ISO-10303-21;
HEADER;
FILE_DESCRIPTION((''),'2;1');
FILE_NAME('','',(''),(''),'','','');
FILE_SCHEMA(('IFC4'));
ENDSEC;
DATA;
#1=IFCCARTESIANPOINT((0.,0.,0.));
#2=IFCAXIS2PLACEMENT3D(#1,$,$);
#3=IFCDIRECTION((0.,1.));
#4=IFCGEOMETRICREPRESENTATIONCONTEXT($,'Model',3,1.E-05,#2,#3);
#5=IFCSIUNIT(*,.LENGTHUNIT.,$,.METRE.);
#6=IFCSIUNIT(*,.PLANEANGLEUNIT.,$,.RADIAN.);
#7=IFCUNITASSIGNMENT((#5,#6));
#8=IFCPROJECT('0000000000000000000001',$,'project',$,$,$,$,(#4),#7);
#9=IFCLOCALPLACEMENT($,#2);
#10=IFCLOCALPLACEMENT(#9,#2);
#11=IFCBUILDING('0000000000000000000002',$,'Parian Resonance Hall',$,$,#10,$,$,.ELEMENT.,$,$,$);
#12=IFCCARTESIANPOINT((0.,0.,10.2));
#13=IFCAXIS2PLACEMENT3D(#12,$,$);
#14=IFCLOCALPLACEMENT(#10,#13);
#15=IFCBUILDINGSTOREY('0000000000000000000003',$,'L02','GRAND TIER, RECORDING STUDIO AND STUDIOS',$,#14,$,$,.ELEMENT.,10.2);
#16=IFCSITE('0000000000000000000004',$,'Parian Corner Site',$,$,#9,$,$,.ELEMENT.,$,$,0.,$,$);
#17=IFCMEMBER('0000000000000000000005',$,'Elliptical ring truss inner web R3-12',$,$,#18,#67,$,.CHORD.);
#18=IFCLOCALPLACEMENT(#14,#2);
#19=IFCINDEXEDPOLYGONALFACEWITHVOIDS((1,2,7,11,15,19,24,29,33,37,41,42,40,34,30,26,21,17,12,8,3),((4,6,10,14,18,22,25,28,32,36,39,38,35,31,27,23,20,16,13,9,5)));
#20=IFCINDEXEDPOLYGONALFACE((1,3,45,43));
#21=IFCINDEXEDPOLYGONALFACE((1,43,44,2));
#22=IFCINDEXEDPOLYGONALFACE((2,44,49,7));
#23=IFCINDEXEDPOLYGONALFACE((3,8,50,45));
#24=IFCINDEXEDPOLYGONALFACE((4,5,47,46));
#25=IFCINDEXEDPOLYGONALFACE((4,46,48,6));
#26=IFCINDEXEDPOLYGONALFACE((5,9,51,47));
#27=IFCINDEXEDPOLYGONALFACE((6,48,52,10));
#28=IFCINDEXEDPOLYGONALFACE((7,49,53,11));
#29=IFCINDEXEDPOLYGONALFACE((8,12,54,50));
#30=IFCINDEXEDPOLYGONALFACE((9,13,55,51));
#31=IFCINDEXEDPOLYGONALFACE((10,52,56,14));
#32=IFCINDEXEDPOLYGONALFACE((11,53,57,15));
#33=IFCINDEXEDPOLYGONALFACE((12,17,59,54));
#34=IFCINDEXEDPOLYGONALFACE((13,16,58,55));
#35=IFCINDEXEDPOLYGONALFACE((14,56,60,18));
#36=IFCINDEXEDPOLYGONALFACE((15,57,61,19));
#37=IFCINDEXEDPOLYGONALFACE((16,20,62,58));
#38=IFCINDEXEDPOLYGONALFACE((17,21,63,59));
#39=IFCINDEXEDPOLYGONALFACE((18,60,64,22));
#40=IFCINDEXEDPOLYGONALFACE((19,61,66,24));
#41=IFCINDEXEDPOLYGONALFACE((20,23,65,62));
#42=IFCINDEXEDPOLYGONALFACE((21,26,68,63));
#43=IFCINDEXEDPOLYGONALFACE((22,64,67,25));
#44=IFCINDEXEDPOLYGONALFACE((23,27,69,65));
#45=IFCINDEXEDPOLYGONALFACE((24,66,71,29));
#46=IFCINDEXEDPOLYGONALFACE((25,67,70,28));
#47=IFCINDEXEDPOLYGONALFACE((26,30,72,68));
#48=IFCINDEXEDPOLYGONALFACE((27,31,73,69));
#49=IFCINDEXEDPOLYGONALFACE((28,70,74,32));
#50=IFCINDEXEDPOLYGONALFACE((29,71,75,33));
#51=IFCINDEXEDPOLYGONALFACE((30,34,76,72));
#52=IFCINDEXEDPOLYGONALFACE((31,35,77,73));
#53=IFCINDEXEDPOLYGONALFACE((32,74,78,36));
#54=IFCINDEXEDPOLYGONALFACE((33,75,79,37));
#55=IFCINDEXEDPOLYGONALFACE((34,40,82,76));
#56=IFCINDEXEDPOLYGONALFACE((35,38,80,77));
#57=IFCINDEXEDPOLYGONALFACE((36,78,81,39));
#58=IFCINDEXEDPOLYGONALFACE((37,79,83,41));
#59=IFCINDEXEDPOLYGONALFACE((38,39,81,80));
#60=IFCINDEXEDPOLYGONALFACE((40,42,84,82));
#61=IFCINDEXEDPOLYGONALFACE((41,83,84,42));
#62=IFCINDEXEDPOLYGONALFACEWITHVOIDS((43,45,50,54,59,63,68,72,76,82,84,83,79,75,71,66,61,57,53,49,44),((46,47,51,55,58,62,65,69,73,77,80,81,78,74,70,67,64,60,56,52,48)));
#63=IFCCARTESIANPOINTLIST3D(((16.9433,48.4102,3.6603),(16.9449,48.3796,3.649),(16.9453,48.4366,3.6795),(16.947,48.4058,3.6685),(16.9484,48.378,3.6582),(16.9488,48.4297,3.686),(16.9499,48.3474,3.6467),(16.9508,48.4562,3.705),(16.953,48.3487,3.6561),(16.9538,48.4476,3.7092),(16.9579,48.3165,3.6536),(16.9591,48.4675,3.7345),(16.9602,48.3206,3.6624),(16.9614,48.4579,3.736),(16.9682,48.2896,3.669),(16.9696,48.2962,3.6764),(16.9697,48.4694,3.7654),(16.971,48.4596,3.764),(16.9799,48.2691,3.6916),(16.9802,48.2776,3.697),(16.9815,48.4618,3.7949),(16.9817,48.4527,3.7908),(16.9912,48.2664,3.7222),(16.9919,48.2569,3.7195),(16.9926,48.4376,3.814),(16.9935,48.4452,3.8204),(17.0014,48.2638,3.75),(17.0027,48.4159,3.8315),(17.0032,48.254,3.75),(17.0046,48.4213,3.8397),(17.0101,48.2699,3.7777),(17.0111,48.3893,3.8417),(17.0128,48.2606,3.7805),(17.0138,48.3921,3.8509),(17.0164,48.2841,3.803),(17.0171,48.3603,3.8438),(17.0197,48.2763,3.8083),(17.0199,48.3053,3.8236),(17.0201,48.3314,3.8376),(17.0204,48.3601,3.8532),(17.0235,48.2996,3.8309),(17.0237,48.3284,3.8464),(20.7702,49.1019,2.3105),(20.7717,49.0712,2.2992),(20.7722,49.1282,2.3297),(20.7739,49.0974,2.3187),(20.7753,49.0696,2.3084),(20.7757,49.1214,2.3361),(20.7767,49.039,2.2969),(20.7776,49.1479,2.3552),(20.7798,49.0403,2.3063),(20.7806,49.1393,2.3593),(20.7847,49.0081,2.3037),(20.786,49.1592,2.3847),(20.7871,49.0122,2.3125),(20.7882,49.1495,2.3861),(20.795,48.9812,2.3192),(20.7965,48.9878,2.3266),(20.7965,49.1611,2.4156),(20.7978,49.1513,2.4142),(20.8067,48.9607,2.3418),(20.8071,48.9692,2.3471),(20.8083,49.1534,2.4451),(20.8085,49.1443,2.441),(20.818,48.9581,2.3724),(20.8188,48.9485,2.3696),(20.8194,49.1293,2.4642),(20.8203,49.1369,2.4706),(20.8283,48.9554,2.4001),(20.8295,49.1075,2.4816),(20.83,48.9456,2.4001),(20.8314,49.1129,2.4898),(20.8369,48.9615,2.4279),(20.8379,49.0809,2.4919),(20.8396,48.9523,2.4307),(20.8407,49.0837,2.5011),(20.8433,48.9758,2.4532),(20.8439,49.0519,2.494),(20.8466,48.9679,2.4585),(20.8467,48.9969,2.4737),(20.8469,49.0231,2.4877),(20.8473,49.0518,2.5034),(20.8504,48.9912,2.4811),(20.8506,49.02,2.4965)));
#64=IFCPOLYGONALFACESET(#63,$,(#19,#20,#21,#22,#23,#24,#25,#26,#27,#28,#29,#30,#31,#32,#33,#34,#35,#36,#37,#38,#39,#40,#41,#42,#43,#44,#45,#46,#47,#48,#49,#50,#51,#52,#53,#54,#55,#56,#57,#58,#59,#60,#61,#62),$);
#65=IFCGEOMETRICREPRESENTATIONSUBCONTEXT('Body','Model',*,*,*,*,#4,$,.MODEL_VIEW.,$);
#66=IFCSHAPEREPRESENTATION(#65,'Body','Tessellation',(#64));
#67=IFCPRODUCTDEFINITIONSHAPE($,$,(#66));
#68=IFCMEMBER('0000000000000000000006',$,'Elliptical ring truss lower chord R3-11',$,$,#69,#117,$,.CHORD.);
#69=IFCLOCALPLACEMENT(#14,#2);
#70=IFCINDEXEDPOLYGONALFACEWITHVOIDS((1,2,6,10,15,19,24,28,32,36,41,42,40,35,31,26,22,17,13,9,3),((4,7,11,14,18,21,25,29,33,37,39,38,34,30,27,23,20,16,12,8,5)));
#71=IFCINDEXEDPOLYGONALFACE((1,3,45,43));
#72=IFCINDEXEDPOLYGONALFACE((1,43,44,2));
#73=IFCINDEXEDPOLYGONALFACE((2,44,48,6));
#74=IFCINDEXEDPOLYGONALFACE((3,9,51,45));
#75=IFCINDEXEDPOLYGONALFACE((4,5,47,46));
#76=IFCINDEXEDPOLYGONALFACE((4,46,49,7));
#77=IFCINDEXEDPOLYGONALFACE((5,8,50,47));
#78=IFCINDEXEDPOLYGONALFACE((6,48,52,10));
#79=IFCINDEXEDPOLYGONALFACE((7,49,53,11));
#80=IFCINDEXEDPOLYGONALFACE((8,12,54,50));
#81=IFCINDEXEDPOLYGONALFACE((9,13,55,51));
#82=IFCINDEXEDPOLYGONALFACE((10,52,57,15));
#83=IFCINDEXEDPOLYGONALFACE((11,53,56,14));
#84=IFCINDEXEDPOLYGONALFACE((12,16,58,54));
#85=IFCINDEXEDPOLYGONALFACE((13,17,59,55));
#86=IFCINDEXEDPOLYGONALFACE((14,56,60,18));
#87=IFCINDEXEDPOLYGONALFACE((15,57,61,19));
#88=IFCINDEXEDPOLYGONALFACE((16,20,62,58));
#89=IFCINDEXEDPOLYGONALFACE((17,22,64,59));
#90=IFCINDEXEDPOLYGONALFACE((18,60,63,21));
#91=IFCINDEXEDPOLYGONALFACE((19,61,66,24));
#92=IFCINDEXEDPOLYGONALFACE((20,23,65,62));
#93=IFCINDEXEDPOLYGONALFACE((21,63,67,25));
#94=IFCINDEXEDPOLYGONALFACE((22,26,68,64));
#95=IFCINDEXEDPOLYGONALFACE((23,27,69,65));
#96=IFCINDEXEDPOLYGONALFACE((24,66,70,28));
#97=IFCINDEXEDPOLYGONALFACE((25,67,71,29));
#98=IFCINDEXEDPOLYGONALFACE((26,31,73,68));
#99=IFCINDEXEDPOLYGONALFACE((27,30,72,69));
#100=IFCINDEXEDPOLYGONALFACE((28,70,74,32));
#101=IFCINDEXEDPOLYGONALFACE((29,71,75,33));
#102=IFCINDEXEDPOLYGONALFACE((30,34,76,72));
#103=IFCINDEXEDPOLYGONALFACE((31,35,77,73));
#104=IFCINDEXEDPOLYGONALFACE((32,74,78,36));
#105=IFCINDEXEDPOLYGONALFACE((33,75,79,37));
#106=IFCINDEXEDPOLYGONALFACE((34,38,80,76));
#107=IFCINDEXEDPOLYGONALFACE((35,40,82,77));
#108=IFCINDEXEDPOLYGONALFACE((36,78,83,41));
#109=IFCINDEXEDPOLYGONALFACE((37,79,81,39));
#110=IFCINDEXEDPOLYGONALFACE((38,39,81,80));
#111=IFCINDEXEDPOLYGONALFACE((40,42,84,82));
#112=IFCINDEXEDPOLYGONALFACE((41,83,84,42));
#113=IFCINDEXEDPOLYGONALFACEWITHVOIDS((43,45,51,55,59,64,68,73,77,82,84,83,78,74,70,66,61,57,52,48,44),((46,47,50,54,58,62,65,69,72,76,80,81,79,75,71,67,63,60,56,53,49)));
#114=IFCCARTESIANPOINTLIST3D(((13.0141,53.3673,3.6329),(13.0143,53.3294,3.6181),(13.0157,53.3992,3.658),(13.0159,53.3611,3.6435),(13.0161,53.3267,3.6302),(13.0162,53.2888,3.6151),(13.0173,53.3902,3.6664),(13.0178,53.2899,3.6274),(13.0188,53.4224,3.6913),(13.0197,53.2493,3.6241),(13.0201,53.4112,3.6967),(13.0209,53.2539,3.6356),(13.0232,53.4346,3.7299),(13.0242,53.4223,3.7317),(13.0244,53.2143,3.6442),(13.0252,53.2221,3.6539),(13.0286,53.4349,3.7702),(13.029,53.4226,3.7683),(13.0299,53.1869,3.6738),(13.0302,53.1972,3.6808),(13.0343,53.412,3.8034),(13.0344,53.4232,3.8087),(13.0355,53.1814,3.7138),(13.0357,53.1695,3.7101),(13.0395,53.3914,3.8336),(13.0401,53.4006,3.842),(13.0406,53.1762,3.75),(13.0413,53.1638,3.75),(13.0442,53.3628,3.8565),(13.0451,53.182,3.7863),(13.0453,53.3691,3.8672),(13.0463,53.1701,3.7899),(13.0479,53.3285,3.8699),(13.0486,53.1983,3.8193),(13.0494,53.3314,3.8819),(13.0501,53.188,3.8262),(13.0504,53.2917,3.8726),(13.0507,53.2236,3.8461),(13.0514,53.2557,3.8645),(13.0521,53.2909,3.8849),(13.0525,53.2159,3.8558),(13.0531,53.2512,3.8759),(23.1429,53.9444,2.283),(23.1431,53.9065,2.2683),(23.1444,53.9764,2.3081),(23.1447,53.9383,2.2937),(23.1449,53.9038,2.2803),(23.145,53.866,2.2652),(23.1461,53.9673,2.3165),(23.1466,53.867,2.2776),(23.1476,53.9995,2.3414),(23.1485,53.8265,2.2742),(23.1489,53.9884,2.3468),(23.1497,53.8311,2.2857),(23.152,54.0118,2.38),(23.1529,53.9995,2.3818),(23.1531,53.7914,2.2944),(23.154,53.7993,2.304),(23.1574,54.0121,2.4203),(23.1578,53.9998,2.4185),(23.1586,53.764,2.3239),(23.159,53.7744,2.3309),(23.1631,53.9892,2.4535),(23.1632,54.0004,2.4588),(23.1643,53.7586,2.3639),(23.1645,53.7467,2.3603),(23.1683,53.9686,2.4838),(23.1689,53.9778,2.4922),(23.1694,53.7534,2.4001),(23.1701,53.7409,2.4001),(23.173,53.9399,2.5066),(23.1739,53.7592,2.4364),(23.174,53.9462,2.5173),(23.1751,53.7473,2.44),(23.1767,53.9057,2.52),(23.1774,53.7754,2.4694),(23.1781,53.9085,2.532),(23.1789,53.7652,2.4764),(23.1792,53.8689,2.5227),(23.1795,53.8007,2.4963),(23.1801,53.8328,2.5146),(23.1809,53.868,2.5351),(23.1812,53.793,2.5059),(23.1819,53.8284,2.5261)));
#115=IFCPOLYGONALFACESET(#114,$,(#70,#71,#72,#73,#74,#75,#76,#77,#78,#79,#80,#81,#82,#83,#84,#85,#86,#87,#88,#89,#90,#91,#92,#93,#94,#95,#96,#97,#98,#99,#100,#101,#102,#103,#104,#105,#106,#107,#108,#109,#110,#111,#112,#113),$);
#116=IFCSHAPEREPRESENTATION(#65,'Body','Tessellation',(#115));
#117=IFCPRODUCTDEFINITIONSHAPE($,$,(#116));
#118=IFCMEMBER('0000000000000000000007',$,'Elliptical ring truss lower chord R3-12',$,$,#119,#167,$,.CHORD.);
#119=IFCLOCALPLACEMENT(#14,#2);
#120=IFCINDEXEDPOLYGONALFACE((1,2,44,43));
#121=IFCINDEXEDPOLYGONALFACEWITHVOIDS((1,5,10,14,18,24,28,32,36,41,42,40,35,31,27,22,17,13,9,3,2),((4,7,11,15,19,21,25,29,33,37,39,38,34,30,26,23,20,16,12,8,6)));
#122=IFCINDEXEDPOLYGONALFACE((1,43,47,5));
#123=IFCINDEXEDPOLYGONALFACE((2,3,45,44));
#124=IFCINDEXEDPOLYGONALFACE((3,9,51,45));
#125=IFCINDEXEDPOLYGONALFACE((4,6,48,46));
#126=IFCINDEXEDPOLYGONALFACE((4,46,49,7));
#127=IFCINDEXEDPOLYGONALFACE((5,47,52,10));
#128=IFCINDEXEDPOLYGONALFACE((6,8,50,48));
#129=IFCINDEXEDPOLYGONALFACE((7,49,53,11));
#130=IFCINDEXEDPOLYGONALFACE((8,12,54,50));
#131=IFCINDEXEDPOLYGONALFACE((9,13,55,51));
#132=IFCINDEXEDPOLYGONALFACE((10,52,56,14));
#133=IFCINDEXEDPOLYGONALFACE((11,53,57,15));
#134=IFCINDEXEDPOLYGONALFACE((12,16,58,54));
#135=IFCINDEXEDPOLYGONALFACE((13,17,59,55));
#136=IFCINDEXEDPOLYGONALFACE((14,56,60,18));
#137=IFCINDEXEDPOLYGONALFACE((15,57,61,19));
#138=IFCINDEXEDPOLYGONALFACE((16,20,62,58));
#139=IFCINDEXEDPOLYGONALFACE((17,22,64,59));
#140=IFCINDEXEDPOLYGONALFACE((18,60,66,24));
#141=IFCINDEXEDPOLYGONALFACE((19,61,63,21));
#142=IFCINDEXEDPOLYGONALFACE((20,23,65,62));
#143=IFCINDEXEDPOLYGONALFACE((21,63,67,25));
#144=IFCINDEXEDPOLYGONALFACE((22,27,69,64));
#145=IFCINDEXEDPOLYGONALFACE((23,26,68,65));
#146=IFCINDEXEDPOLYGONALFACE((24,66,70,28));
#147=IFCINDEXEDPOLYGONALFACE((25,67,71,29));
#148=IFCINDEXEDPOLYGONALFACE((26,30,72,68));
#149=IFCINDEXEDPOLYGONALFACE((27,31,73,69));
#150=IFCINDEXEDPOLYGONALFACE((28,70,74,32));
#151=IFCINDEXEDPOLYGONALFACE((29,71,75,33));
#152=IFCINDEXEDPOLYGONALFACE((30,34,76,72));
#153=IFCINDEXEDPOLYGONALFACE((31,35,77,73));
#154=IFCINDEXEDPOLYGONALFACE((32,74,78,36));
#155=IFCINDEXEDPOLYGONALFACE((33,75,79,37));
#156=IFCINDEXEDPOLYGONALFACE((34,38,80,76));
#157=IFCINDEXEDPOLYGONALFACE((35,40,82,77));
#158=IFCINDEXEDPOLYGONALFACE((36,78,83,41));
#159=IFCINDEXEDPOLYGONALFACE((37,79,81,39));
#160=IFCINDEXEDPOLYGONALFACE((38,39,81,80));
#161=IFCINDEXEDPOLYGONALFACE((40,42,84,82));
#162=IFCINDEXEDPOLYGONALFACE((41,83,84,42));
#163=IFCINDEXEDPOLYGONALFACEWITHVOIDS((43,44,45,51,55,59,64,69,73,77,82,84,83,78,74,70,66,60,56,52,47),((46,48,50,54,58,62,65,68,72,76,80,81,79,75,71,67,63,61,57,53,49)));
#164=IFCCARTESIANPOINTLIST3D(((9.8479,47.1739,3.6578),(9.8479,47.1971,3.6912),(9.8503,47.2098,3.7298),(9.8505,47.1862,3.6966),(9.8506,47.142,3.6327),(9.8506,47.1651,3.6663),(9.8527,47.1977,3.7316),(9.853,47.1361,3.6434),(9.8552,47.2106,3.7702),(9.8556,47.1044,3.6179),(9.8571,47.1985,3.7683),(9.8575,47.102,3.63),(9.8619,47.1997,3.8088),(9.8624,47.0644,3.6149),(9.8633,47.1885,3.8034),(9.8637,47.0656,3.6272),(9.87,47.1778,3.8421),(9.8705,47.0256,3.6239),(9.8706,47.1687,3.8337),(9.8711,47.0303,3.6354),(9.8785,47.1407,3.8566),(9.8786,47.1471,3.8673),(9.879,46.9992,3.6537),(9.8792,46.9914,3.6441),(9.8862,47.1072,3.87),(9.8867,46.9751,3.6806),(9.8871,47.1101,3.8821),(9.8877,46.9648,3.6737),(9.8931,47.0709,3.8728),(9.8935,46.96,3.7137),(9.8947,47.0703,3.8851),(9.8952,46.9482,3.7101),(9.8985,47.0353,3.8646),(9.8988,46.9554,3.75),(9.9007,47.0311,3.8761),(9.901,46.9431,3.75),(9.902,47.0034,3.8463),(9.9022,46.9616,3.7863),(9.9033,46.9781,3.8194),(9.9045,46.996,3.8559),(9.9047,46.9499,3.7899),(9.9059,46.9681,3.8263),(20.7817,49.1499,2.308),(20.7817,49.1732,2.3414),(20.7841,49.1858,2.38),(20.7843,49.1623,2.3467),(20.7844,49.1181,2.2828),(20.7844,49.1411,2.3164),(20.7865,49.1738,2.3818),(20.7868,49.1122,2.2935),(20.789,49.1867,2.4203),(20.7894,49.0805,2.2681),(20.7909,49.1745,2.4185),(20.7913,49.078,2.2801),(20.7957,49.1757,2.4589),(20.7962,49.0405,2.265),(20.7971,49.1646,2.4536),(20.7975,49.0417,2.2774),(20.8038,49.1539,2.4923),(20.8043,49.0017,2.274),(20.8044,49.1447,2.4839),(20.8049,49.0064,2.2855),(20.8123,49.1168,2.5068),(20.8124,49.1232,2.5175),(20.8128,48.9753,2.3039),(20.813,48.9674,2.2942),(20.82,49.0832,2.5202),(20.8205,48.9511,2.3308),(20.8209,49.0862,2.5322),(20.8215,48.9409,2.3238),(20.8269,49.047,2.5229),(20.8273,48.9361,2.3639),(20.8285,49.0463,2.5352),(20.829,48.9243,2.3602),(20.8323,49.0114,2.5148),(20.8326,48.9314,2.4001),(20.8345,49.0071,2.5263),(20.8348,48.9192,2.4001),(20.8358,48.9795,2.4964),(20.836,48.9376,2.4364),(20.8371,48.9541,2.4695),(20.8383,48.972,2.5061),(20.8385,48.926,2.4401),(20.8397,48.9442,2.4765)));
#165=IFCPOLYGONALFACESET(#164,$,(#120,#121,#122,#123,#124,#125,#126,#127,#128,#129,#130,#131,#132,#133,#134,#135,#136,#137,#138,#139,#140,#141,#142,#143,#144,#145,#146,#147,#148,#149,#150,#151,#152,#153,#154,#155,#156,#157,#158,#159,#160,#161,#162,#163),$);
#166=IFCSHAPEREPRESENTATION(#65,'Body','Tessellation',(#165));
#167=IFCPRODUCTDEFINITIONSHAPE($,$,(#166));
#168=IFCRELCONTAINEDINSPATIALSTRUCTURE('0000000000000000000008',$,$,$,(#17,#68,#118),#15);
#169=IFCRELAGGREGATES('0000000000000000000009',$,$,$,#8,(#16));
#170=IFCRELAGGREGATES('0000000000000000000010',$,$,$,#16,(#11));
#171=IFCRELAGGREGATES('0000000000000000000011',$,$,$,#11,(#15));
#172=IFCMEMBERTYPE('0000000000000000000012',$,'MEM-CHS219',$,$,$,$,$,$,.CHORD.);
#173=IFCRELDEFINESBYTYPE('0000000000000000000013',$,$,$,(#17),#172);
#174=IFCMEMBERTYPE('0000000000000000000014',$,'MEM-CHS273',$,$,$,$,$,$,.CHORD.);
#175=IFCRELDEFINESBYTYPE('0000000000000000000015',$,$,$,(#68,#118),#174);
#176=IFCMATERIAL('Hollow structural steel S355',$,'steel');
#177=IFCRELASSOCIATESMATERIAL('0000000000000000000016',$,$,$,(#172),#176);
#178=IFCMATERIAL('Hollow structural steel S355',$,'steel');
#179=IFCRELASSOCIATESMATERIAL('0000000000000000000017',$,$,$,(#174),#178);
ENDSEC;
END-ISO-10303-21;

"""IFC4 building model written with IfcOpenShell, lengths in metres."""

from ifc_helpers import new_model, si_unit, direction, frame, origin, origin_2d, place, context, subcontext, project, spatial, hollow_circle, extrude, material, material_profile, profile_set, type_object, element, save


model = new_model("IFC4")

# Units and contexts
model_context = context("Model", 3, precision=1e-05, world=origin(), true_north=direction((0.0, 1.0)))
body_context = subcontext(model_context, "Body", "Model", "MODEL_VIEW")
ifc_project = project(units=[si_unit("LENGTHUNIT", "METRE"), si_unit("PLANEANGLEUNIT", "RADIAN")], contexts=[model_context])

# Site, building, storey
site_placement = place(None, origin())
site = spatial("IfcSite", under=ifc_project, at=site_placement, Name="Parian Corner Site", CompositionType="ELEMENT", RefElevation=0.0)
building_placement = place(site_placement, origin())
building = spatial("IfcBuilding", under=site, at=building_placement, Name="Parian Resonance Hall", CompositionType="ELEMENT")
storey_placement = place(building_placement, frame((0.0, 0.0, 10.2)))
storey = spatial("IfcBuildingStorey", under=building, at=storey_placement, Name="L02", Description="GRAND TIER, RECORDING STUDIO AND STUDIOS", CompositionType="ELEMENT", Elevation=10.2)

# Members
ifc_material_1 = material(Name="Hollow structural steel S355", Category="steel")
ifc_material_profile_1 = material_profile(ifc_material_1, hollow_circle(Radius=0.1096, WallThickness=0.01, at=origin_2d()), Name="CHS219.1x10")
ifc_profile_set_1 = profile_set([ifc_material_profile_1], Name="Hollow structural steel S355")
member_type_1 = type_object("IfcMemberType", Name="MEM-CHS219", PredefinedType="CHORD", material=ifc_profile_set_1)
member_1_placement = place(storey_placement, frame((20.8105, 49.0535, 2.4001), z_axis=(-0.929647, -0.168019, 0.327912), x_axis=(0.177852, -0.984057, 0.0)))
element("IfcMember", 1, at=member_1_placement, inside=storey, type_object=member_type_1, Name="Elliptical ring truss inner web R3-12", PredefinedType="CHORD", context=body_context, shape_type="SweptSolid", body=[
    extrude(hollow_circle(Radius=0.1096, WallThickness=0.01, at=origin_2d()), origin(), (0.0, 0.0, 1.0), 4.1165),
])
ifc_material_2 = material(Name="Hollow structural steel S355", Category="steel")
ifc_material_profile_2 = material_profile(ifc_material_2, hollow_circle(Radius=0.1365, WallThickness=0.0125, at=origin_2d()), Name="CHS273x12.5")
ifc_profile_set_2 = profile_set([ifc_material_profile_2], Name="Hollow structural steel S355")
member_type_2 = type_object("IfcMemberType", Name="MEM-CHS273", PredefinedType="CHORD", material=ifc_profile_set_2)
member_2_placement = place(storey_placement, frame((23.1624, 53.8772, 2.4001), z_axis=(-0.989659, -0.056392, 0.131892), x_axis=(0.056889, -0.99838, 0.0)))
element("IfcMember", 2, at=member_2_placement, inside=storey, type_object=member_type_2, Name="Elliptical ring truss lower chord R3-11", PredefinedType="CHORD", context=body_context, shape_type="SweptSolid", body=[
    extrude(hollow_circle(Radius=0.1365, WallThickness=0.0125, at=origin_2d()), origin(), (0.0, 0.0, 1.0), 10.2346),
])
member_3_placement = place(storey_placement, frame((20.8105, 49.0535, 2.4001), z_axis=(-0.976875, -0.176551, 0.120602), x_axis=(0.177849, -0.984058, 0.0)))
element("IfcMember", 3, at=member_3_placement, inside=storey, type_object=member_type_2, Name="Elliptical ring truss lower chord R3-12", PredefinedType="CHORD", context=body_context, shape_type="SweptSolid", body=[
    extrude(hollow_circle(Radius=0.1365, WallThickness=0.0125, at=origin_2d()), origin(), (0.0, 0.0, 1.0), 11.1926),
])

save(model, "model.ifc")
